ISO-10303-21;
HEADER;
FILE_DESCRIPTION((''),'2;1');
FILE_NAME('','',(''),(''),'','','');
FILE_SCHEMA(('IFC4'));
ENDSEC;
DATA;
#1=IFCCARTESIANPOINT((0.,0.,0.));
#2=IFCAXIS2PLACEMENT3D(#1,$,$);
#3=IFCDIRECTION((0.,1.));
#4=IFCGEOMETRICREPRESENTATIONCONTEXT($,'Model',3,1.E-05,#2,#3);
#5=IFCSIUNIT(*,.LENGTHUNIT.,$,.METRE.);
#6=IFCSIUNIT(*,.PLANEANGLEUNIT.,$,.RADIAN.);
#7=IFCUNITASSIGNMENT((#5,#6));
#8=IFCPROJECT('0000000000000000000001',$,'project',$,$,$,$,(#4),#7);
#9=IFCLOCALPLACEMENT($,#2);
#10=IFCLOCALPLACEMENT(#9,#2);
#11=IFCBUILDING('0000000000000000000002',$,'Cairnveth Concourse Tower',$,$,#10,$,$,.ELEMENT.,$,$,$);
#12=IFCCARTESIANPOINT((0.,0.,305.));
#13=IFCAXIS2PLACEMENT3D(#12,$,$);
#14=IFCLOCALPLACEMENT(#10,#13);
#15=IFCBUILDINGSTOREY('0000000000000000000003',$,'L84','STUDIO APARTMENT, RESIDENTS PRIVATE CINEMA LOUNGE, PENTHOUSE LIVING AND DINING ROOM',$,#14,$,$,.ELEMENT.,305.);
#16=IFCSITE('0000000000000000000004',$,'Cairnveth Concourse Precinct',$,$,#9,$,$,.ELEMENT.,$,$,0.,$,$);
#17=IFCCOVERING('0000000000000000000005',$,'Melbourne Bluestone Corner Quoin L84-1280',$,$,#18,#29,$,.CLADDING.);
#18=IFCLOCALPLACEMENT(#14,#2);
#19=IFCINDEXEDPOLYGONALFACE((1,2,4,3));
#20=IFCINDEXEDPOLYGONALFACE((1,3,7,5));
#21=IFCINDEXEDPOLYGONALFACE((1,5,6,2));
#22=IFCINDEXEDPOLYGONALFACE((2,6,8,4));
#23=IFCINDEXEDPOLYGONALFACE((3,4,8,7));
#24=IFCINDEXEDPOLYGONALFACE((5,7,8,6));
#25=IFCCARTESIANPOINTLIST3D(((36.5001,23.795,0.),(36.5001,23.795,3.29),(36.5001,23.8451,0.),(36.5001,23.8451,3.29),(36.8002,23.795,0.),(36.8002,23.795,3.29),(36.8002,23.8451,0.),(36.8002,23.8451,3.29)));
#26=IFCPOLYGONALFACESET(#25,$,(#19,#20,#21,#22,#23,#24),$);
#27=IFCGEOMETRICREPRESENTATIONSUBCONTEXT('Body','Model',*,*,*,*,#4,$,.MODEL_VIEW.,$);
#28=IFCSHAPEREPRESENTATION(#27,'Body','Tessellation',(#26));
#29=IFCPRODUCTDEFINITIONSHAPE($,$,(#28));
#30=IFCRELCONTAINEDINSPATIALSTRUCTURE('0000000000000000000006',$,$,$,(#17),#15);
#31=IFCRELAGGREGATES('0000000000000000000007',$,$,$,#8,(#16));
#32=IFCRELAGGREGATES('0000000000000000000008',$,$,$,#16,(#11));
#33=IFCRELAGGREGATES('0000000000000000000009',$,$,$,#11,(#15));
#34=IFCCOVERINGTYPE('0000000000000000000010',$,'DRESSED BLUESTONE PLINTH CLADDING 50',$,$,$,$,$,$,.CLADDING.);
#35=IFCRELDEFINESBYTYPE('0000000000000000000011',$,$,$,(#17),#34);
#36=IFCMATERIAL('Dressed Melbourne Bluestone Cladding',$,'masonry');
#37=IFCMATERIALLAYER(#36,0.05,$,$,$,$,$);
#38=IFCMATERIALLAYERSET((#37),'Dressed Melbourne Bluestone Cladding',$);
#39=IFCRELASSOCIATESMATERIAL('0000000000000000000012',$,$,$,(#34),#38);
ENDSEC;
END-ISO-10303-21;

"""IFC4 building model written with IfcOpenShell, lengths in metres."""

from ifc_helpers import new_model, si_unit, direction, frame, frame_2d, origin, place, context, subcontext, project, spatial, rectangle, extrude, material, layer, layer_set, type_object, element, save


model = new_model("IFC4")

# Units and contexts
model_context = context("Model", 3, precision=1e-05, world=origin(), true_north=direction((0.0, 1.0)))
body_context = subcontext(model_context, "Body", "Model", "MODEL_VIEW")
ifc_project = project(units=[si_unit("LENGTHUNIT", "METRE"), si_unit("PLANEANGLEUNIT", "RADIAN")], contexts=[model_context])

# Site, building, storey
site_placement = place(None, origin())
site = spatial("IfcSite", under=ifc_project, at=site_placement, Name="Cairnveth Concourse Precinct", CompositionType="ELEMENT", RefElevation=0.0)
building_placement = place(site_placement, origin())
building = spatial("IfcBuilding", under=site, at=building_placement, Name="Cairnveth Concourse Tower", CompositionType="ELEMENT")
storey_placement = place(building_placement, frame((0.0, 0.0, 305.0)))
storey = spatial("IfcBuildingStorey", under=building, at=storey_placement, Name="L84", Description="STUDIO APARTMENT, RESIDENTS PRIVATE CINEMA LOUNGE, PENTHOUSE LIVING AND DINING ROOM", CompositionType="ELEMENT", Elevation=305.0)

# Covering
ifc_material_1 = material(Name="Dressed Melbourne Bluestone Cladding", Category="masonry")
ifc_layer_1 = layer(ifc_material_1, 0.05)
ifc_layer_set_1 = layer_set([ifc_layer_1], Name="Dressed Melbourne Bluestone Cladding")
covering_type = type_object("IfcCoveringType", Name="DRESSED BLUESTONE PLINTH CLADDING 50", PredefinedType="CLADDING", material=ifc_layer_set_1)
for number, where, z_axis, x_axis, name in (
    (1, (36.8, 23.8201, 0.0), (0.0, 0.0, 1.0), (-1.0, 0.0, 0.0), "Melbourne Bluestone Corner Quoin L84-1280"),
):
    element("IfcCovering", number, at=place(storey_placement, frame(where, z_axis=z_axis, x_axis=x_axis)), inside=storey, type_object=covering_type, Name=name, PredefinedType="CLADDING", context=body_context, shape_type="SweptSolid", body=[
        extrude(rectangle(XDim=0.3, YDim=0.05, at=frame_2d((0.1499, 0.0))), origin(), (0.0, 0.0, 1.0), 3.29),
    ])

save(model, "model.ifc")
